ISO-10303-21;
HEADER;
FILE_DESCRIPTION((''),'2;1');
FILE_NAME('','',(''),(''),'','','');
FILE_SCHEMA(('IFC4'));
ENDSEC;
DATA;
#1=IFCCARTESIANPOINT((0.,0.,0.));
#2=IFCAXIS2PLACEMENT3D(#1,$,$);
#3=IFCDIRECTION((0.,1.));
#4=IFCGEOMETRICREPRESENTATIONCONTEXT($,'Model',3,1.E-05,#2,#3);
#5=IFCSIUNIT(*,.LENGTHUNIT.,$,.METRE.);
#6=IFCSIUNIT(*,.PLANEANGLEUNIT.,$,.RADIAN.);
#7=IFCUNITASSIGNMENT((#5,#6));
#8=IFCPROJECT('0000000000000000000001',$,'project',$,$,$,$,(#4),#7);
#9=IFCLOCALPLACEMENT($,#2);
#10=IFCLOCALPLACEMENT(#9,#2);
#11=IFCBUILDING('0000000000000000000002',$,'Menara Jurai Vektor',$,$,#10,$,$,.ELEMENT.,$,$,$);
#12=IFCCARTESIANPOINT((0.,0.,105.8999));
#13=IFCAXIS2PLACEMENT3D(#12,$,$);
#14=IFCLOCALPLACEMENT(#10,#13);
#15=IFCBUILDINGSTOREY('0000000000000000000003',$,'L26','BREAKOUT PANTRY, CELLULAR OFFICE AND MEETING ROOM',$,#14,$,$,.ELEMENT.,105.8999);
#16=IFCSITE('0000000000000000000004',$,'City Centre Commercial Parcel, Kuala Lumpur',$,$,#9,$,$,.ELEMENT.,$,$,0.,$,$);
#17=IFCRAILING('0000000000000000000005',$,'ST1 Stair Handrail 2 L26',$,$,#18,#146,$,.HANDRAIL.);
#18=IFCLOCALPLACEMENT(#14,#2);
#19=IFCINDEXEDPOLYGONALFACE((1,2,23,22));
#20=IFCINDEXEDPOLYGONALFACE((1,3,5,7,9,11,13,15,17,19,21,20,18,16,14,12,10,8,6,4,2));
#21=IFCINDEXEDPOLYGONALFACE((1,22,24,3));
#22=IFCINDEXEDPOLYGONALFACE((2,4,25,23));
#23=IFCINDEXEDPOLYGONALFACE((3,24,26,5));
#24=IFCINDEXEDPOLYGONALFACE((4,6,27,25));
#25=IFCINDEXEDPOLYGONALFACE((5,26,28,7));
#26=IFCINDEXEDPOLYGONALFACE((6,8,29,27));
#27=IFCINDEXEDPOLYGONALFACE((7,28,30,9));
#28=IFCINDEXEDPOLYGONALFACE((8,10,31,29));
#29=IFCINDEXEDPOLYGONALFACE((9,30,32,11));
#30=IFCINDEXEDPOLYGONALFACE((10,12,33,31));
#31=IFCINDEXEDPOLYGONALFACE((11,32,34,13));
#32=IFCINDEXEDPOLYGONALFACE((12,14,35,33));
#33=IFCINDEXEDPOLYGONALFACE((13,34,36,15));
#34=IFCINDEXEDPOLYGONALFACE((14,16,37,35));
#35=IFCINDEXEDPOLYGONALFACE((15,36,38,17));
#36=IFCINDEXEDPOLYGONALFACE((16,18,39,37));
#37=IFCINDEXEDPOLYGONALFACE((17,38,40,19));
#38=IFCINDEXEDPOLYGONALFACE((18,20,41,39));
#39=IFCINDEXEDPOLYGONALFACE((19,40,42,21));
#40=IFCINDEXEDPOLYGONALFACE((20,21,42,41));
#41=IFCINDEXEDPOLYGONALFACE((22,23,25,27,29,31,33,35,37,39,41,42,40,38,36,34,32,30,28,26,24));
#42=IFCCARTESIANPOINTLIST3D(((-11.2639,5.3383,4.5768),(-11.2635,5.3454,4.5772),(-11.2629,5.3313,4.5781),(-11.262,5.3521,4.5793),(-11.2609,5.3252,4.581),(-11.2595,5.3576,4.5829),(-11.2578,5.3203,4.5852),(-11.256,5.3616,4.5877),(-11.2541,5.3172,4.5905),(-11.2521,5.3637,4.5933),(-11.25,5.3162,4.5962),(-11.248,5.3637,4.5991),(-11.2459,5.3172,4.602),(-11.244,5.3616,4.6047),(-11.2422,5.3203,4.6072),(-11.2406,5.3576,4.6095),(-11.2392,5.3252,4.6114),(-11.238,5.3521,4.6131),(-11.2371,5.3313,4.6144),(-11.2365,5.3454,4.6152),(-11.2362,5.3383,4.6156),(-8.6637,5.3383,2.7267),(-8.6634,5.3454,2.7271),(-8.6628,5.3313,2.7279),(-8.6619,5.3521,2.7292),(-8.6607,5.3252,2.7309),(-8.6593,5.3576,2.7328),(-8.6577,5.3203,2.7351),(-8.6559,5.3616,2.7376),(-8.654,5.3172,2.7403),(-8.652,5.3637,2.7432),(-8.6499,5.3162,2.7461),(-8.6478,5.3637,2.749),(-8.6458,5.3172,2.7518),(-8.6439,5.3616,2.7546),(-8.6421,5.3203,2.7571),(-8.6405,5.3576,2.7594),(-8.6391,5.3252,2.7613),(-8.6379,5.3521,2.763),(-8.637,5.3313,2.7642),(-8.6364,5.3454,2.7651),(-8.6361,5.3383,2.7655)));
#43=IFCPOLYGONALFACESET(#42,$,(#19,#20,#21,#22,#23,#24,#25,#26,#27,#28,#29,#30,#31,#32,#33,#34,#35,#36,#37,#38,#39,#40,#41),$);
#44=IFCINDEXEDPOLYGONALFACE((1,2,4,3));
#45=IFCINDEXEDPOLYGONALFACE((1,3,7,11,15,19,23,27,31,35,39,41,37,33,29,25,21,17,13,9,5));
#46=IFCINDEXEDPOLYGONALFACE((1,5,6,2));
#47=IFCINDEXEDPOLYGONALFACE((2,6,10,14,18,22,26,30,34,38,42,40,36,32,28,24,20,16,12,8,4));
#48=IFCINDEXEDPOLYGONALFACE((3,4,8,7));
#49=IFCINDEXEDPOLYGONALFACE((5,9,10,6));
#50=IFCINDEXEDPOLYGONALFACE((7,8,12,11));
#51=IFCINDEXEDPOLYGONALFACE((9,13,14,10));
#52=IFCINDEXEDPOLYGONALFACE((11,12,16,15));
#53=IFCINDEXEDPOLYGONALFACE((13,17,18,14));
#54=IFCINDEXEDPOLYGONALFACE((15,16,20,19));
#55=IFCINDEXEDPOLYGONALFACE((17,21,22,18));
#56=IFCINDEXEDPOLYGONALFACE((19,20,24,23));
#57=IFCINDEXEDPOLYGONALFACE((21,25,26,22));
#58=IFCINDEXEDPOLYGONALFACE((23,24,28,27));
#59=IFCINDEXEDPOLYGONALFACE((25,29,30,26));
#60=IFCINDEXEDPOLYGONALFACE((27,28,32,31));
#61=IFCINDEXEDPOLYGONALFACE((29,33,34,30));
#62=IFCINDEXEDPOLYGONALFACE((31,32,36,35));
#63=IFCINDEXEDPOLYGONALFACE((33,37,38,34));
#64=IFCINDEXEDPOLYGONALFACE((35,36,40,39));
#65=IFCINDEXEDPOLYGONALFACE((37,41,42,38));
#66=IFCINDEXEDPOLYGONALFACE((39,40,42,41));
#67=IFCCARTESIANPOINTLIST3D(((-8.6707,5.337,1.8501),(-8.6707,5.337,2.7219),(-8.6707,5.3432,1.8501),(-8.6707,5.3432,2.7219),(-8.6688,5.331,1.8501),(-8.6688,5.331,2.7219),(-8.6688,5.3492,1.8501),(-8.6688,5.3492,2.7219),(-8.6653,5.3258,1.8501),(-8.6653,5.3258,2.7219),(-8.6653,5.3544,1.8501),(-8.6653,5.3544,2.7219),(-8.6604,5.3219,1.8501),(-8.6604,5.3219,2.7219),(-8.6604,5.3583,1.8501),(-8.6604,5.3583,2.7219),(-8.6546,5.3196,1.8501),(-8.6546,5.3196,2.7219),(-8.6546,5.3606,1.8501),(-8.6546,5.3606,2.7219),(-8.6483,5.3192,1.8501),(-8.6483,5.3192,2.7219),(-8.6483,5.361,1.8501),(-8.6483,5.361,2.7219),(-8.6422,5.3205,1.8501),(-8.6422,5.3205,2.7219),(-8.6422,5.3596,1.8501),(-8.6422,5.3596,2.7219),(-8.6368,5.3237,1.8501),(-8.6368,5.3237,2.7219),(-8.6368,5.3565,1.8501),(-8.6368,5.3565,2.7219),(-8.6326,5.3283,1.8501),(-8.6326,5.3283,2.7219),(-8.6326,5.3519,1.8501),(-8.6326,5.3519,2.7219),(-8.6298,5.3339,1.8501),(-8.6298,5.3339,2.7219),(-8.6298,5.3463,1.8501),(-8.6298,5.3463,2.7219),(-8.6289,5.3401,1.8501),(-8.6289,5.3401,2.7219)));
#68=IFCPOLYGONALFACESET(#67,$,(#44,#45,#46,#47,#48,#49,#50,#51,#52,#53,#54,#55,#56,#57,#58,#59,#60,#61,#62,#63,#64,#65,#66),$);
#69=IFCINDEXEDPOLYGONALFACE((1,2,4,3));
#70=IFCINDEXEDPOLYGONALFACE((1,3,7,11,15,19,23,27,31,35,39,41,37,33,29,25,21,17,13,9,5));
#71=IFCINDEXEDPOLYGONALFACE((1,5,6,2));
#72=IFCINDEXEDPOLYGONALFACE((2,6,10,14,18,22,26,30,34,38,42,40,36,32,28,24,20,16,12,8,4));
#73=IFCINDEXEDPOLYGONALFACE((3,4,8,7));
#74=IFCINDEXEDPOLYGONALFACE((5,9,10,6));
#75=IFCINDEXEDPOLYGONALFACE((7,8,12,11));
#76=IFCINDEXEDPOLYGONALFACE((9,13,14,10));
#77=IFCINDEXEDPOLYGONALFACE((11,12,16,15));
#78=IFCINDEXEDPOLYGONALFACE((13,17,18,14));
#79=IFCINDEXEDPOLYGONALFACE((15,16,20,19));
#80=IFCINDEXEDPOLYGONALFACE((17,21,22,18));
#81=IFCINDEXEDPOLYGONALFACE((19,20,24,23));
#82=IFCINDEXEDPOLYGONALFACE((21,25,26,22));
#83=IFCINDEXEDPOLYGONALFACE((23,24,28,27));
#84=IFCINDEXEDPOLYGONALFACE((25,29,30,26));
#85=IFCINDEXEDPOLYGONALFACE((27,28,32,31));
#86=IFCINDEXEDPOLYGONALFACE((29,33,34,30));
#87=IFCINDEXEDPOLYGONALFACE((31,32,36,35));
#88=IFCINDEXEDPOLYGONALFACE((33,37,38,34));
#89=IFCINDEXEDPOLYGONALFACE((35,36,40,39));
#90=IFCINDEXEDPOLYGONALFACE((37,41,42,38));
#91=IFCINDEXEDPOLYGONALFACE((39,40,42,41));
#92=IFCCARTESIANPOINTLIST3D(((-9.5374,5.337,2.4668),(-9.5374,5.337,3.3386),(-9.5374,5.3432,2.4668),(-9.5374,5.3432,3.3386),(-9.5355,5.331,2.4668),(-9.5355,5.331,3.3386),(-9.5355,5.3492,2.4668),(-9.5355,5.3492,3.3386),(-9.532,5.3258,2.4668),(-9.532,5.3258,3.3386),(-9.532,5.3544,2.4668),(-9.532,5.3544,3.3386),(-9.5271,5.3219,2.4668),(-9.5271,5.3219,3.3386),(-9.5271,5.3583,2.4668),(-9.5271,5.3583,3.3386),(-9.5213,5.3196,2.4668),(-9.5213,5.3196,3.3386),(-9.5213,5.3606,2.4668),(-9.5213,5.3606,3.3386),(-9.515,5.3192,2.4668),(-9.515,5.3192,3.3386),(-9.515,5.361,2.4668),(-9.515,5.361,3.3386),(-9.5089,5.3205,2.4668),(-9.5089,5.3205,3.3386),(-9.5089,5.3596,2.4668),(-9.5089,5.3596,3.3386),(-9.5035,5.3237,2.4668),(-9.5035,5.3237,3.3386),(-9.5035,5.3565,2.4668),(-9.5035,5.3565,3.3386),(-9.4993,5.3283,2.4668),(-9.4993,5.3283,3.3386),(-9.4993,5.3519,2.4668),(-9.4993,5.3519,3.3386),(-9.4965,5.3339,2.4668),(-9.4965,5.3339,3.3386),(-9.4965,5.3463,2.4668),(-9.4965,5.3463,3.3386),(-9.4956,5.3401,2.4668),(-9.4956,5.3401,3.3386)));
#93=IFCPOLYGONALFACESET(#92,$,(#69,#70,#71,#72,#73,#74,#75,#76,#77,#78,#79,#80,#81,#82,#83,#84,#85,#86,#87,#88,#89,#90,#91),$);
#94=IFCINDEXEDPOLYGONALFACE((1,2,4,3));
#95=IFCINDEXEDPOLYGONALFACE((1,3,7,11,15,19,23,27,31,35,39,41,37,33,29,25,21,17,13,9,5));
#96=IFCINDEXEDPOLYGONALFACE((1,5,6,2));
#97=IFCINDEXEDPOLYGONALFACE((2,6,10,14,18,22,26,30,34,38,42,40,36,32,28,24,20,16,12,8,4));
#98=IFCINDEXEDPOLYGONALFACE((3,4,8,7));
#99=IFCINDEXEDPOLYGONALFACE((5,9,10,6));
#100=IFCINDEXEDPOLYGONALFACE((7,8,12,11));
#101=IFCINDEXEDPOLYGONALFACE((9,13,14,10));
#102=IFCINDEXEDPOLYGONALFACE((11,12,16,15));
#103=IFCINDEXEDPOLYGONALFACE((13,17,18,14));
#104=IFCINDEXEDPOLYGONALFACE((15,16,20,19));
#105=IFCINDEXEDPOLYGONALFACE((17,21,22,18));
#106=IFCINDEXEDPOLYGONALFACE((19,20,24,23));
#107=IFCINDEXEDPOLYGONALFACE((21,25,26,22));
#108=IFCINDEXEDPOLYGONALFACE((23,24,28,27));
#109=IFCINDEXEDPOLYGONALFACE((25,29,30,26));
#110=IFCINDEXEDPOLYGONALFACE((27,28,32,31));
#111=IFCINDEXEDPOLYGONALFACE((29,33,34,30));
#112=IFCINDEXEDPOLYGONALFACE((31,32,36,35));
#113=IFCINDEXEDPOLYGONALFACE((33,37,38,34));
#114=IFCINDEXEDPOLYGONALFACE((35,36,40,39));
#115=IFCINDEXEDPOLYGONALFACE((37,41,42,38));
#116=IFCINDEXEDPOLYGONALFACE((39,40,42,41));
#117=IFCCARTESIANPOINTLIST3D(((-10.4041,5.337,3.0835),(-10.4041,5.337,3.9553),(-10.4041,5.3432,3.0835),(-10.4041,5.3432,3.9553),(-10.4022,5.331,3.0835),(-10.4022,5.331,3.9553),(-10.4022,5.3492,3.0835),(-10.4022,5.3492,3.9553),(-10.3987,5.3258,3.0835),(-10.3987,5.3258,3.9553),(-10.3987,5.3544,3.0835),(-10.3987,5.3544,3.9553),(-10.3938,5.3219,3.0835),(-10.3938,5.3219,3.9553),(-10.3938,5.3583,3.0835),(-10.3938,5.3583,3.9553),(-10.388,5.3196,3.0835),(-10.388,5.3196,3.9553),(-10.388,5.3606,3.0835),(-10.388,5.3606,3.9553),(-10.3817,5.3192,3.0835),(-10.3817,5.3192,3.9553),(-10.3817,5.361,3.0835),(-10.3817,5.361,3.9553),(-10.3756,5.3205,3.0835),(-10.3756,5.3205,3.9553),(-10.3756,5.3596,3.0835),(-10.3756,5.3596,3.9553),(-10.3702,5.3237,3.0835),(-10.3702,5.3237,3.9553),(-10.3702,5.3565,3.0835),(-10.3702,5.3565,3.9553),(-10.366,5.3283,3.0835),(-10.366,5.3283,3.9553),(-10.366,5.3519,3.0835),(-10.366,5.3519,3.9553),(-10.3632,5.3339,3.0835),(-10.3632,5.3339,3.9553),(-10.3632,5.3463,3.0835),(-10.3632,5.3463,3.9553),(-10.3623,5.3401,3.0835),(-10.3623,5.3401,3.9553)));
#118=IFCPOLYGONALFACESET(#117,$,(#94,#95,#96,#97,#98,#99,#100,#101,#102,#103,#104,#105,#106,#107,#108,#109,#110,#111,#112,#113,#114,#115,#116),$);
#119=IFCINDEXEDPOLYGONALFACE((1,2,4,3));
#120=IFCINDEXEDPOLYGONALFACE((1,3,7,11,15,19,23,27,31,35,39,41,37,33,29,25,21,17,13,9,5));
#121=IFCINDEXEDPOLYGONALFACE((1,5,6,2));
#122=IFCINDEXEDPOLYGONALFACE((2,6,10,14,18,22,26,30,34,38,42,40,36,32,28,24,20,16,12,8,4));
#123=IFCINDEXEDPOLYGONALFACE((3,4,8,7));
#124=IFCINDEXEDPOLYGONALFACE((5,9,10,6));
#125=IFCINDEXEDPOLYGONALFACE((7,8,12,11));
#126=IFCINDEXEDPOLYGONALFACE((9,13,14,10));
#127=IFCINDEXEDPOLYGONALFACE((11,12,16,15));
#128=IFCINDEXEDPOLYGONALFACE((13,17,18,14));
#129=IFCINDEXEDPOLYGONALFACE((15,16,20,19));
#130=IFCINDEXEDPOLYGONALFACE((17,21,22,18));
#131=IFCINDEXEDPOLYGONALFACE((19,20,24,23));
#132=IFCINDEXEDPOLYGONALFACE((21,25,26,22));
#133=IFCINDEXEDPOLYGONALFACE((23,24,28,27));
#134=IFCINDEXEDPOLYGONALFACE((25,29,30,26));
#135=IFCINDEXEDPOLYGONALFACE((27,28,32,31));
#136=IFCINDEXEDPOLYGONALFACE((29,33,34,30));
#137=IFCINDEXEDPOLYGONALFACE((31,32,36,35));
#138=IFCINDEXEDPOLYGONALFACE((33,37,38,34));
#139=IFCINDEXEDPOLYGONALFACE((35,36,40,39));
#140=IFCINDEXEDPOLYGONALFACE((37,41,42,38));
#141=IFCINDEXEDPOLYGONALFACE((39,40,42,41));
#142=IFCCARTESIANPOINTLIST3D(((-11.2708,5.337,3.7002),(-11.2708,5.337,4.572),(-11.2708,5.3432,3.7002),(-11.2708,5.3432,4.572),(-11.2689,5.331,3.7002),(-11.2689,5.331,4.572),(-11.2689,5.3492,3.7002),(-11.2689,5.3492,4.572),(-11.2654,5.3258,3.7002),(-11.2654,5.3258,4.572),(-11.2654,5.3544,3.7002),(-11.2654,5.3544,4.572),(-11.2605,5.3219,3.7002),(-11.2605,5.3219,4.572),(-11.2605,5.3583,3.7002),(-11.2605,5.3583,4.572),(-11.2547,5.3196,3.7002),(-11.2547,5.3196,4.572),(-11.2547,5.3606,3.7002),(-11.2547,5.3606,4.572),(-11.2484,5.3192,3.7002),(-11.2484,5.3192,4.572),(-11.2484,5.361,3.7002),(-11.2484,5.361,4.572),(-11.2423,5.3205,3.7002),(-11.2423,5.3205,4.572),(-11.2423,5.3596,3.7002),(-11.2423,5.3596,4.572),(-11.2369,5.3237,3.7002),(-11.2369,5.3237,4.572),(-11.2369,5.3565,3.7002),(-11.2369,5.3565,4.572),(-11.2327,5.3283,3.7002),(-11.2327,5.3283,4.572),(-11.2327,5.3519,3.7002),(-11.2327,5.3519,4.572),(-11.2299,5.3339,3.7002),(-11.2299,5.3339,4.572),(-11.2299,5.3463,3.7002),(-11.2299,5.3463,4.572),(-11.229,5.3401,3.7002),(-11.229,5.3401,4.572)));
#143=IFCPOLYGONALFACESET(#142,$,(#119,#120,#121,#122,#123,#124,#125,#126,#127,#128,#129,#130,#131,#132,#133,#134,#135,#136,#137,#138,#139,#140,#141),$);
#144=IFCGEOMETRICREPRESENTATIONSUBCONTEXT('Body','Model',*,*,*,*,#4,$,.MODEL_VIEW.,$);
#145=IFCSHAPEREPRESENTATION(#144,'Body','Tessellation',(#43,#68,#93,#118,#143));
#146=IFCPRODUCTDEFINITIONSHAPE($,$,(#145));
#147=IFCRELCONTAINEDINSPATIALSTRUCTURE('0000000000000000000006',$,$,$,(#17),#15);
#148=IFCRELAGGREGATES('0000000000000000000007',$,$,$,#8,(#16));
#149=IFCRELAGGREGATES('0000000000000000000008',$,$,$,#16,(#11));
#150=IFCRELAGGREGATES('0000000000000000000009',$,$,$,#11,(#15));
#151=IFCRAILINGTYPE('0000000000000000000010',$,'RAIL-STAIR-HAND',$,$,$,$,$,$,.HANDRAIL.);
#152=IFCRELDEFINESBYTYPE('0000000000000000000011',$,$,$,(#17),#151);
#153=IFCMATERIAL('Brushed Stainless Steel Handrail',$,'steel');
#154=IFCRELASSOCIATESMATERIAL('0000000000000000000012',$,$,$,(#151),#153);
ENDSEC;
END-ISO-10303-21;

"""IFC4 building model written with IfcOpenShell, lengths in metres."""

from ifc_helpers import new_model, si_unit, direction, frame, origin, origin_2d, place, context, subcontext, project, spatial, circle, extrude, material, type_object, element, save


model = new_model("IFC4")

# Units and contexts
model_context = context("Model", 3, precision=1e-05, world=origin(), true_north=direction((0.0, 1.0)))
body_context = subcontext(model_context, "Body", "Model", "MODEL_VIEW")
ifc_project = project(units=[si_unit("LENGTHUNIT", "METRE"), si_unit("PLANEANGLEUNIT", "RADIAN")], contexts=[model_context])

# Site, building, storey
site_placement = place(None, origin())
site = spatial("IfcSite", under=ifc_project, at=site_placement, Name="City Centre Commercial Parcel, Kuala Lumpur", CompositionType="ELEMENT", RefElevation=0.0)
building_placement = place(site_placement, origin())
building = spatial("IfcBuilding", under=site, at=building_placement, Name="Menara Jurai Vektor", CompositionType="ELEMENT")
storey_placement = place(building_placement, frame((0.0, 0.0, 105.8999)))
storey = spatial("IfcBuildingStorey", under=building, at=storey_placement, Name="L26", Description="BREAKOUT PANTRY, CELLULAR OFFICE AND MEETING ROOM", CompositionType="ELEMENT", Elevation=105.8999)

# Railing
ifc_material_1 = material(Name="Brushed Stainless Steel Handrail", Category="steel")
railing_type_1 = type_object("IfcRailingType", Name="RAIL-STAIR-HAND", PredefinedType="HANDRAIL", material=ifc_material_1)
railing_1_placement = place(storey_placement, frame((-8.6499, 5.3401, 1.8501)))
element("IfcRailing", 1, at=railing_1_placement, inside=storey, type_object=railing_type_1, Name="ST1 Stair Handrail 2 L26", PredefinedType="HANDRAIL", context=body_context, shape_type="SweptSolid", body=[
    extrude(circle(Radius=0.0239, at=origin_2d()), frame((0.0, 0.0, 0.896), z_axis=(-0.814787, 0.0, 0.579761), x_axis=(0.0, -1.0, 0.0)), (0.0, 0.0, 1.0), 3.1912),
    extrude(circle(Radius=0.021, at=origin_2d()), origin(), (0.0, 0.0, 1.0), 0.8718),
    extrude(circle(Radius=0.021, at=origin_2d()), frame((-0.8667, 0.0, 0.6167)), (0.0, 0.0, 1.0), 0.8718),
    extrude(circle(Radius=0.021, at=origin_2d()), frame((-1.7334, 0.0, 1.2334)), (0.0, 0.0, 1.0), 0.8718),
    extrude(circle(Radius=0.021, at=origin_2d()), frame((-2.6001, 0.0, 1.8501)), (0.0, 0.0, 1.0), 0.8718),
])

save(model, "model.ifc")
